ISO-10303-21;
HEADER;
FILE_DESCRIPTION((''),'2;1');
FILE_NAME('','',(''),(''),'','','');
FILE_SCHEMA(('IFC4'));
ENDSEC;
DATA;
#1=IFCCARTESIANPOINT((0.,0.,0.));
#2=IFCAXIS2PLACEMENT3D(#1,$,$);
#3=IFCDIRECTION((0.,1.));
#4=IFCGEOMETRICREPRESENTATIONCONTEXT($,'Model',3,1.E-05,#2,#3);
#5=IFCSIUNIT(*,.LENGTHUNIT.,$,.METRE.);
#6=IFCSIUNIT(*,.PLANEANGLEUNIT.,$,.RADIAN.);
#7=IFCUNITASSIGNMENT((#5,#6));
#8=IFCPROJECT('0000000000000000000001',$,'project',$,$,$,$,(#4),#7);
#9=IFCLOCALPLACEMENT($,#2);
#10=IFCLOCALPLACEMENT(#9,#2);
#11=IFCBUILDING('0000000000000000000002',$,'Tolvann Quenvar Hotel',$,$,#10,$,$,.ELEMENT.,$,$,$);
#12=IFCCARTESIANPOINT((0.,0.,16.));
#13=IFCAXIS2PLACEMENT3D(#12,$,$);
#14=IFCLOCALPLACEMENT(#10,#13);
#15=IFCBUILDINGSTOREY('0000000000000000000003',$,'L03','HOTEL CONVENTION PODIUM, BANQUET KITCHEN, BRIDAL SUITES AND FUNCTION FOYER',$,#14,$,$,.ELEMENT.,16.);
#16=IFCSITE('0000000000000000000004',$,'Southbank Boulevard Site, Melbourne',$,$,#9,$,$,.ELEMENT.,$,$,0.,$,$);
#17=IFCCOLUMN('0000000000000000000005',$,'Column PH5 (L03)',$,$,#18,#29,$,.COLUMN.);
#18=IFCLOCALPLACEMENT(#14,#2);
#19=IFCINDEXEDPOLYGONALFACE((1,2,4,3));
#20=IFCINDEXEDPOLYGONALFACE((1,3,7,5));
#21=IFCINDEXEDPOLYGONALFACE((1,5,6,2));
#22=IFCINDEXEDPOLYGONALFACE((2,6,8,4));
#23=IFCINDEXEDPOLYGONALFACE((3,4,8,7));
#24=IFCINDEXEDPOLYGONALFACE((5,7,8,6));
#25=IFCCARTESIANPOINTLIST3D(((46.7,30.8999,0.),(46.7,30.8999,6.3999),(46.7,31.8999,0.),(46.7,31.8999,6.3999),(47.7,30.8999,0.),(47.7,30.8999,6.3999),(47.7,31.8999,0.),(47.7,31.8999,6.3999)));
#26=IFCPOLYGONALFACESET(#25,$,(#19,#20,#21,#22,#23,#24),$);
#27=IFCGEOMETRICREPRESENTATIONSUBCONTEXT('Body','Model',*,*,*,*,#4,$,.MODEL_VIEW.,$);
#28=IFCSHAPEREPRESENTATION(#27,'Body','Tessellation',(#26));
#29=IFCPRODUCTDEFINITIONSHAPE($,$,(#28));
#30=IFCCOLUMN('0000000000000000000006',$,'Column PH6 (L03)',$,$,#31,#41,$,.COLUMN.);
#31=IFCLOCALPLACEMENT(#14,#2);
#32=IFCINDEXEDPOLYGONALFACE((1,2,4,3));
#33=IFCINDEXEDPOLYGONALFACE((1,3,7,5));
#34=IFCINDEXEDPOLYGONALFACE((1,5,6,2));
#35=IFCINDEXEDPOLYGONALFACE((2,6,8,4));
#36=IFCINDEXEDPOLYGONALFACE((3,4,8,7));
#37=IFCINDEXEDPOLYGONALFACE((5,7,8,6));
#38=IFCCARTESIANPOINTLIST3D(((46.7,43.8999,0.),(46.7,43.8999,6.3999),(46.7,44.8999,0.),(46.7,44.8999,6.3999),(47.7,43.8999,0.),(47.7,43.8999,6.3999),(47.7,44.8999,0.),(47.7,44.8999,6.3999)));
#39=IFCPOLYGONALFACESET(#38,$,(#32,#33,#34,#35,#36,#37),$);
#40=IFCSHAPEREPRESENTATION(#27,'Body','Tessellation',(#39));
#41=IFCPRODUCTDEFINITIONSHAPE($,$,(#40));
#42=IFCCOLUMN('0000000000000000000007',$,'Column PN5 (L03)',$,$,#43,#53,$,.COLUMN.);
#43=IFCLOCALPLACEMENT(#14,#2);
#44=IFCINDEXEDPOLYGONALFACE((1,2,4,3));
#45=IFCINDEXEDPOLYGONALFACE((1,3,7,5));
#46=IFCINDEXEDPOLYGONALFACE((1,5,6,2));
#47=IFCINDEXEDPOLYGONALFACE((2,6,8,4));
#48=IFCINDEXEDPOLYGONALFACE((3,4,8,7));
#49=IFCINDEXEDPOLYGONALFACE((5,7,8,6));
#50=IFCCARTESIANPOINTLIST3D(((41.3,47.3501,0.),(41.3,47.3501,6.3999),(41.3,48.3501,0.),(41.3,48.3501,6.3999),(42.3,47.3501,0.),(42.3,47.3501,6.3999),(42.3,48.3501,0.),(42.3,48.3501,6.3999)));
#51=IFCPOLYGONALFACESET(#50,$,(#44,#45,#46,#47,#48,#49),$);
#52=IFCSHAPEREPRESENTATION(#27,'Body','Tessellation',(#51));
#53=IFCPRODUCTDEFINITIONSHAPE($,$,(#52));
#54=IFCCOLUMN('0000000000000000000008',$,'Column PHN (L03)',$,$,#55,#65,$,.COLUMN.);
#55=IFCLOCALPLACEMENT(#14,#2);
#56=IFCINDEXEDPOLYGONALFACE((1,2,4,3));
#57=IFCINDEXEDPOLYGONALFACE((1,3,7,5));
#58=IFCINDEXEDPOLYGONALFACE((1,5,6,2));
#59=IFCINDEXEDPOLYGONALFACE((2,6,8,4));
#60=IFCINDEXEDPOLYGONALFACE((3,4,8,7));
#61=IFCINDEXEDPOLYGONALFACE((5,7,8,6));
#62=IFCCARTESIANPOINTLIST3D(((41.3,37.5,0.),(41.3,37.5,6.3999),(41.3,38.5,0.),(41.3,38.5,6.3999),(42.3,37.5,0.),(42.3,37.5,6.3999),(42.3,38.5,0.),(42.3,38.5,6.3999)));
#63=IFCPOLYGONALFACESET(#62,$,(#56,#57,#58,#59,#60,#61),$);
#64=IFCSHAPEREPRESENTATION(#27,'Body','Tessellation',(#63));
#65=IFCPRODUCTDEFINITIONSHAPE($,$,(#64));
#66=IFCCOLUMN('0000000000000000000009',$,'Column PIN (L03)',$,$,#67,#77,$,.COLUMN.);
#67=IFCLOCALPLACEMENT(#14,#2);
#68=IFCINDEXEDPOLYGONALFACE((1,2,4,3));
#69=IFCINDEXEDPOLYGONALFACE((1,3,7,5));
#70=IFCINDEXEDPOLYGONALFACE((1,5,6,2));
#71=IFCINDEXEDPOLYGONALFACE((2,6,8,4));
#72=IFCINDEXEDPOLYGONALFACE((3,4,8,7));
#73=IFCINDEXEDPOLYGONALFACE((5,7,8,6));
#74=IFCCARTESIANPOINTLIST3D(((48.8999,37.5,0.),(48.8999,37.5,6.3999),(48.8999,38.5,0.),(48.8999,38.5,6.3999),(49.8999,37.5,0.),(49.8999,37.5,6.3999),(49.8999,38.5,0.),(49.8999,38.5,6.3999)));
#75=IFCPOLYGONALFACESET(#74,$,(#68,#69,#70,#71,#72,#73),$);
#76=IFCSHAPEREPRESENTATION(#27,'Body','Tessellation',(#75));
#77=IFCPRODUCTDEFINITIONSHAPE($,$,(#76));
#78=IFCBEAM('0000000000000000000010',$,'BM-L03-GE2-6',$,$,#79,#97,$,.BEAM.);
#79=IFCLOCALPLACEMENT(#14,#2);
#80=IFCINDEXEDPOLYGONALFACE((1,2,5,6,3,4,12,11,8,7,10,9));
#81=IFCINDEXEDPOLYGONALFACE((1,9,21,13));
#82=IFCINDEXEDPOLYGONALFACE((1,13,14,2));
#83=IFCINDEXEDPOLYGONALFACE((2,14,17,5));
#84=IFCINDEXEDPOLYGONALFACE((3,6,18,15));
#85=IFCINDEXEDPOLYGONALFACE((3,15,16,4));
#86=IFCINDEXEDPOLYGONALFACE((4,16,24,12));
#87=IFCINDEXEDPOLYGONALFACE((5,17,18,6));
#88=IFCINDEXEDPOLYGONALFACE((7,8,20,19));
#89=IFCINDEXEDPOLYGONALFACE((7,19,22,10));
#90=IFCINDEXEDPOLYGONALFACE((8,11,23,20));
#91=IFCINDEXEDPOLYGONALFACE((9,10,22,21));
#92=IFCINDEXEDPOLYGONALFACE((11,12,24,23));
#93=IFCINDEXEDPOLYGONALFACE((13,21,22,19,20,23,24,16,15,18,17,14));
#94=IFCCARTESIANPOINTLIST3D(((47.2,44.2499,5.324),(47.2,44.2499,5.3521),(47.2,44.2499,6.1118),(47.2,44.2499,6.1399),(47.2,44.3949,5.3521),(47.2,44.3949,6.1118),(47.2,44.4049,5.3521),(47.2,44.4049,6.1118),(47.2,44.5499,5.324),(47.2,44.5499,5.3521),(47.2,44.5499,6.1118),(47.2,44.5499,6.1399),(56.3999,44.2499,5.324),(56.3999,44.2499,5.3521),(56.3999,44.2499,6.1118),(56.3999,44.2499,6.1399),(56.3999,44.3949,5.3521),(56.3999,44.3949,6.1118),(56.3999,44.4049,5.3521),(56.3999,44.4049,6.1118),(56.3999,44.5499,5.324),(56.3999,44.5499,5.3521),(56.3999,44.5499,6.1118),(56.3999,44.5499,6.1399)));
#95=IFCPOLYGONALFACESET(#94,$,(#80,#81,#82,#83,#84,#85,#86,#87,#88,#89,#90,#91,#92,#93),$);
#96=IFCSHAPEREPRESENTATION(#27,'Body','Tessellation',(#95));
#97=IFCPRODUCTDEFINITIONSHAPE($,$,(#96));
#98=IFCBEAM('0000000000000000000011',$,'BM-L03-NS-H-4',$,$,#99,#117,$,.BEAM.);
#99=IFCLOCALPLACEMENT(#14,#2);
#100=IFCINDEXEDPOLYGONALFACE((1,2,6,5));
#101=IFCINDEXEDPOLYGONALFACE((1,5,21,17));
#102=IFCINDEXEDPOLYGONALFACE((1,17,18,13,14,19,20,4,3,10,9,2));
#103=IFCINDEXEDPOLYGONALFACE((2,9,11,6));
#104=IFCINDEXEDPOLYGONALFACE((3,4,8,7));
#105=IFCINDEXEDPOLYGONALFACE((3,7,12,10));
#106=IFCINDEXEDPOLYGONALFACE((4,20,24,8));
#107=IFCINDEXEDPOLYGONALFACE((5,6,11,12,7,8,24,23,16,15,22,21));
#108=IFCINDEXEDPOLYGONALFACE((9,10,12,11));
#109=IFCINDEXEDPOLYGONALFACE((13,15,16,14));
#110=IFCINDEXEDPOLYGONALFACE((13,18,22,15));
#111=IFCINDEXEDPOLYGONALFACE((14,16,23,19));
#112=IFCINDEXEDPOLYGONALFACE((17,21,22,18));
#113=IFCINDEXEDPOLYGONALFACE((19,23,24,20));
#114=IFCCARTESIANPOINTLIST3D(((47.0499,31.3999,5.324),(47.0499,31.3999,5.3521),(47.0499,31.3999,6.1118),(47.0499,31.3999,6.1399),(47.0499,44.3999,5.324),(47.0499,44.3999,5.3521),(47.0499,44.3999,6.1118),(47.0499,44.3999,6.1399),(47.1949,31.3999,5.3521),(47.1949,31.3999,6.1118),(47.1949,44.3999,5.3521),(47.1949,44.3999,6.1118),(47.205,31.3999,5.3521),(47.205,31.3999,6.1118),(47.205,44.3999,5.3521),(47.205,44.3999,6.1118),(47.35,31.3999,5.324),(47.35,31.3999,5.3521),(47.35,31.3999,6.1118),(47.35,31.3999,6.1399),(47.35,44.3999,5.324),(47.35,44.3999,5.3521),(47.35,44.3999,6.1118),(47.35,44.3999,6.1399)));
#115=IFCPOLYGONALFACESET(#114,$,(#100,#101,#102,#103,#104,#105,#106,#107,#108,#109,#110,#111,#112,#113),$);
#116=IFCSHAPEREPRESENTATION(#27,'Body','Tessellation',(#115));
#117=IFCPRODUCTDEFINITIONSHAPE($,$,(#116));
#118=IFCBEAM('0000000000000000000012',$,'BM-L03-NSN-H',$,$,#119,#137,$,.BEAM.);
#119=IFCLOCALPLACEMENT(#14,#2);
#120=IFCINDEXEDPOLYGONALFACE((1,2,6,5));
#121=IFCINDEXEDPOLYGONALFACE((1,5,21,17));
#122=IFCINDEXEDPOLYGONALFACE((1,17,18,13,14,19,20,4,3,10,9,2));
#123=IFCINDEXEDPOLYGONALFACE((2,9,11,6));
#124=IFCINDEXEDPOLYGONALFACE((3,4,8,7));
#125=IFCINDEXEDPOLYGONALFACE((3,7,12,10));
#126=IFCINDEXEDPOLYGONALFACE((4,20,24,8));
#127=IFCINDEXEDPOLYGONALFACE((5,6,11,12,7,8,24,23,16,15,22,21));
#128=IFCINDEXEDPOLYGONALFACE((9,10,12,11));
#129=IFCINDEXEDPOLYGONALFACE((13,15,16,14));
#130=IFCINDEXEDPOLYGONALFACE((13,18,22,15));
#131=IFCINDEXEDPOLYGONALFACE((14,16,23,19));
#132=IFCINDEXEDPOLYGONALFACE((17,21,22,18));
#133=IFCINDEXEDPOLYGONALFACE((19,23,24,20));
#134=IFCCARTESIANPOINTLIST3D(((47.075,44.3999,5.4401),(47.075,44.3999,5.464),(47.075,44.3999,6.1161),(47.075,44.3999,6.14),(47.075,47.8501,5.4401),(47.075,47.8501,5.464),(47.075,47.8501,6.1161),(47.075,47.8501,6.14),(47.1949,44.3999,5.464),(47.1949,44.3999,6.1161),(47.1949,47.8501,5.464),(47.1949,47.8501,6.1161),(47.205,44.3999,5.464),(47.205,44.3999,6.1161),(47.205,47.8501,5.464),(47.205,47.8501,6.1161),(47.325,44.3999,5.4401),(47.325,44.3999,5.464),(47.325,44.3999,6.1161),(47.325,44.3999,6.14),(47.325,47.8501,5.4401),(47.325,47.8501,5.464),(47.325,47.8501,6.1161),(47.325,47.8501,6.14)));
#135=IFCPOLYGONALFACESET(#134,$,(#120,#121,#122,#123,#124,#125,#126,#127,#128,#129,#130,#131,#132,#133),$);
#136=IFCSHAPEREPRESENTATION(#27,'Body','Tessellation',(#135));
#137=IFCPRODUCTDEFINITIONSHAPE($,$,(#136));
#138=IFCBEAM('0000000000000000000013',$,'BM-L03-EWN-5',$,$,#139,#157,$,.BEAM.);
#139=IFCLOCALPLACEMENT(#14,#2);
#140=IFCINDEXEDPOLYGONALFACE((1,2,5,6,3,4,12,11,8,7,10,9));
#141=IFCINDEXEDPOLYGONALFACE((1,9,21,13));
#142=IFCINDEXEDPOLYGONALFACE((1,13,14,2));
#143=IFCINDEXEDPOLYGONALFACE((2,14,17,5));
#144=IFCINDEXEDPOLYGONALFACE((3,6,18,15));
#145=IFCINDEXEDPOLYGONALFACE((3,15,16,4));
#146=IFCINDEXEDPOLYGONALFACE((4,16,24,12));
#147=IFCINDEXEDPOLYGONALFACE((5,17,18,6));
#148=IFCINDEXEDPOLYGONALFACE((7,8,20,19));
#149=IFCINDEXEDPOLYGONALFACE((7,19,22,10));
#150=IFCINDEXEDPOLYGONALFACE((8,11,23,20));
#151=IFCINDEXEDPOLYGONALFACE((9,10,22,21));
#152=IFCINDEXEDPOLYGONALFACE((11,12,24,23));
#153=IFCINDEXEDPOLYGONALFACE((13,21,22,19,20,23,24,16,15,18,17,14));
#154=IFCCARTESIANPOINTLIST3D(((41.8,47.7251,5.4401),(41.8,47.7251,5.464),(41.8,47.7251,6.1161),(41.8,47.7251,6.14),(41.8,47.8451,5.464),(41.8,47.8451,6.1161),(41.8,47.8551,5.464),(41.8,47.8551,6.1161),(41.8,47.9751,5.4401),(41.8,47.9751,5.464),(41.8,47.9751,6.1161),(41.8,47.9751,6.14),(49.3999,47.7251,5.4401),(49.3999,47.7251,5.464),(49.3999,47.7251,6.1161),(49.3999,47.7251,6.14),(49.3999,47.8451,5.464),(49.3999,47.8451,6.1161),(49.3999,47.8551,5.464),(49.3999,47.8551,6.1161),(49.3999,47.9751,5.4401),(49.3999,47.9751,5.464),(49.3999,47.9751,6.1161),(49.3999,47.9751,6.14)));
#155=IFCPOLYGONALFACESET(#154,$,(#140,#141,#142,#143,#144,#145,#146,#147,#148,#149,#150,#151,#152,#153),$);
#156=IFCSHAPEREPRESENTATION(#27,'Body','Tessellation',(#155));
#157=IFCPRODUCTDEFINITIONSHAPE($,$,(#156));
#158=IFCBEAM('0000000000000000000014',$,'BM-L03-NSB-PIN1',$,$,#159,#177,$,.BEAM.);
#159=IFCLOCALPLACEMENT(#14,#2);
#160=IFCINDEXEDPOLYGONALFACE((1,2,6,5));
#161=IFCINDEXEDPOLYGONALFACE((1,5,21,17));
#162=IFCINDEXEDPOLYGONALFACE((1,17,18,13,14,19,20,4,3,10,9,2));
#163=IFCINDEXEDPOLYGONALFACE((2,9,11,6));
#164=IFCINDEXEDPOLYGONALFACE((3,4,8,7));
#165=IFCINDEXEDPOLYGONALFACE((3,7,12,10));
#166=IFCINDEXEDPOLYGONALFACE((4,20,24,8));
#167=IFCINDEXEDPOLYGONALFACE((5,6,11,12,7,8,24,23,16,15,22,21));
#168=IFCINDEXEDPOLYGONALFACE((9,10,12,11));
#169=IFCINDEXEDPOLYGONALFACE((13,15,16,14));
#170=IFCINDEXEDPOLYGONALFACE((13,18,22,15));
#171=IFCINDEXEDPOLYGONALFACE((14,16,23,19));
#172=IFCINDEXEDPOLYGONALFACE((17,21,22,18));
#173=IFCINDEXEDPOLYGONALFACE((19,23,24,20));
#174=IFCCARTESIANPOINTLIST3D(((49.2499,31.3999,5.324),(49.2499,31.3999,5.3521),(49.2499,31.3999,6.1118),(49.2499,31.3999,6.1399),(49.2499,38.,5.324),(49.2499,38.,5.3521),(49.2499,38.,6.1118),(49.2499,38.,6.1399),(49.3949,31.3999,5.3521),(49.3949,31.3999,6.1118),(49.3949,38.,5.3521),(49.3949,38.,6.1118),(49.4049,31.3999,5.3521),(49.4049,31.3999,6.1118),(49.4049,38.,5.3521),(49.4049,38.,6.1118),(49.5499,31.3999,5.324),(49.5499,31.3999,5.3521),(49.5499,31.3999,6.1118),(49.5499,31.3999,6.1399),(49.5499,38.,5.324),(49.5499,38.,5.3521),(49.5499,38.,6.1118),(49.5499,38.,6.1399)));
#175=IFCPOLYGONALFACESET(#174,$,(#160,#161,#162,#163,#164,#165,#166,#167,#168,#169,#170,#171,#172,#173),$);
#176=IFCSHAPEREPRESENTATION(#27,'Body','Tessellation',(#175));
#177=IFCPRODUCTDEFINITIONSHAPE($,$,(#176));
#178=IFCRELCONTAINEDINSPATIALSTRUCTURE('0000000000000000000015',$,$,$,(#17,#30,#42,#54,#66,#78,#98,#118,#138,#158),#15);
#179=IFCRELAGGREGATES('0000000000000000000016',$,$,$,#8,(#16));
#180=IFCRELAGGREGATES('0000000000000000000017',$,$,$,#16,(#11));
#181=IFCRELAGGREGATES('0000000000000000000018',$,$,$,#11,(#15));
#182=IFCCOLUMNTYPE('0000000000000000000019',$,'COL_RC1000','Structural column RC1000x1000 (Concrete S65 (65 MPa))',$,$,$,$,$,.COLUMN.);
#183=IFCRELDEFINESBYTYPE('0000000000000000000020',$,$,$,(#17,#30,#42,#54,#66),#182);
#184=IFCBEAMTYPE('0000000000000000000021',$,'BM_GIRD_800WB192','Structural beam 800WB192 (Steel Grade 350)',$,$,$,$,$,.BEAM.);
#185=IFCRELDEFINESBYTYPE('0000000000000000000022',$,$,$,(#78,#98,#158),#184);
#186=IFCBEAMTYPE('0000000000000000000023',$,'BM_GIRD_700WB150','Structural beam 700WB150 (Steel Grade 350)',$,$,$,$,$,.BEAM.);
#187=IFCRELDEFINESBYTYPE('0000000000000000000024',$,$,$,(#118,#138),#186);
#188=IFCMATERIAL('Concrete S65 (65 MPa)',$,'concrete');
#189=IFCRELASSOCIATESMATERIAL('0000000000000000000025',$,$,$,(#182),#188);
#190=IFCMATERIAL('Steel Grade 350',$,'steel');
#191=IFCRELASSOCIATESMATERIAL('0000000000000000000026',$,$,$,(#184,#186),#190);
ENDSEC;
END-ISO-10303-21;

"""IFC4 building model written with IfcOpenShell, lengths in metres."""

from ifc_helpers import new_model, si_unit, direction, frame, origin, origin_2d, place, context, subcontext, project, spatial, rectangle, i_section, extrude, source, transform, mapped, material, material_profile, profile_set, type_object, type_shapes, element, save


model = new_model("IFC4")

# Units and contexts
model_context = context("Model", 3, precision=1e-05, world=origin(), true_north=direction((0.0, 1.0)))
body_context = subcontext(model_context, "Body", "Model", "MODEL_VIEW")
ifc_project = project(units=[si_unit("LENGTHUNIT", "METRE"), si_unit("PLANEANGLEUNIT", "RADIAN")], contexts=[model_context])

# Site, building, storey
site_placement = place(None, origin())
site = spatial("IfcSite", under=ifc_project, at=site_placement, Name="Southbank Boulevard Site, Melbourne", CompositionType="ELEMENT", RefElevation=0.0)
building_placement = place(site_placement, origin())
building = spatial("IfcBuilding", under=site, at=building_placement, Name="Tolvann Quenvar Hotel", CompositionType="ELEMENT")
storey_placement = place(building_placement, frame((0.0, 0.0, 16.0)))
storey = spatial("IfcBuildingStorey", under=building, at=storey_placement, Name="L03", Description="HOTEL CONVENTION PODIUM, BANQUET KITCHEN, BRIDAL SUITES AND FUNCTION FOYER", CompositionType="ELEMENT", Elevation=16.0)

# Columns
ifc_material_1 = material(Name="Concrete S65 (65 MPa)", Category="concrete")
ifc_material_profile_1 = material_profile(ifc_material_1, rectangle(XDim=1.0, YDim=1.0, at=origin_2d()), Name="RC1000x1000")
ifc_profile_set_1 = profile_set([ifc_material_profile_1], Name="Concrete S65 (65 MPa)")
column_type = type_object("IfcColumnType", Name="COL_RC1000", Description="Structural column RC1000x1000 (Concrete S65 (65 MPa))", PredefinedType="COLUMN", material=ifc_profile_set_1)
shared_shape_1 = source(origin(), body_context, "Body", "SweptSolid", [
    extrude(rectangle(XDim=1.0, YDim=1.0, at=origin_2d()), origin(), (0.0, 0.0, 1.0), 6.3999),
])
type_shapes(column_type, [shared_shape_1])
for number, where, z_axis, x_axis, name in (
    (1, (47.2, 31.3999, 0.0), (0.0, 0.0, 1.0), (1.0, 0.0, 0.0), "Column PH5 (L03)"),
    (2, (47.2, 44.3999, 0.0), (0.0, 0.0, 1.0), (1.0, 0.0, 0.0), "Column PH6 (L03)"),
    (3, (41.8, 47.8501, 0.0), (0.0, 0.0, 1.0), (1.0, 0.0, 0.0), "Column PN5 (L03)"),
    (4, (41.8, 38.0, 0.0), (0.0, 0.0, 1.0), (1.0, 0.0, 0.0), "Column PHN (L03)"),
    (5, (49.3999, 38.0, 0.0), (0.0, 0.0, 1.0), (1.0, 0.0, 0.0), "Column PIN (L03)"),
):
    element("IfcColumn", number, at=place(storey_placement, frame(where, z_axis=z_axis, x_axis=x_axis)), inside=storey, type_object=column_type, Name=name, PredefinedType="COLUMN", context=body_context, shape_type="MappedRepresentation", body=[
        mapped(shared_shape_1, transform((0.0, 0.0, 0.0), x_axis=(1.0, 0.0, 0.0), y_axis=(0.0, 1.0, 0.0), z_axis=(0.0, 0.0, 1.0), scale=1.0)),
    ])

# Beams
ifc_material_2 = material(Name="Steel Grade 350", Category="steel")
ifc_material_profile_2 = material_profile(ifc_material_2, i_section(OverallWidth=0.3, OverallDepth=0.8159, WebThickness=0.01, FlangeThickness=0.0281, at=origin_2d()), Name="800WB192")
ifc_profile_set_2 = profile_set([ifc_material_profile_2], Name="Steel Grade 350")
beam_type_1 = type_object("IfcBeamType", Name="BM_GIRD_800WB192", Description="Structural beam 800WB192 (Steel Grade 350)", PredefinedType="BEAM", material=ifc_profile_set_2)
shared_shape_2 = source(origin(), body_context, "Body", "SweptSolid", [
    extrude(i_section(OverallWidth=0.3, OverallDepth=0.8159, WebThickness=0.01, FlangeThickness=0.0281, at=origin_2d()), origin(), (0.0, 0.0, 1.0), 9.2),
])
beam_1_placement = place(storey_placement, frame((47.2, 44.3999, 5.7319), z_axis=(1.0, 0.0, 0.0), x_axis=(0.0, 1.0, 0.0)))
element("IfcBeam", 6, at=beam_1_placement, inside=storey, type_object=beam_type_1, Name="BM-L03-GE2-6", PredefinedType="BEAM", context=body_context, shape_type="MappedRepresentation", body=[
    mapped(shared_shape_2, transform((0.0, 0.0, 0.0), x_axis=(1.0, 0.0, 0.0), y_axis=(0.0, 1.0, 0.0), z_axis=(0.0, 0.0, 1.0), scale=1.0)),
])
shared_shape_3 = source(origin(), body_context, "Body", "SweptSolid", [
    extrude(i_section(OverallWidth=0.3, OverallDepth=0.8159, WebThickness=0.01, FlangeThickness=0.0281, at=origin_2d()), origin(), (0.0, 0.0, 1.0), 13.0),
])
beam_2_placement = place(storey_placement, frame((47.2, 31.3999, 5.7319), z_axis=(0.0, 1.0, 0.0), x_axis=(-1.0, 0.0, 0.0)))
element("IfcBeam", 7, at=beam_2_placement, inside=storey, type_object=beam_type_1, Name="BM-L03-NS-H-4", PredefinedType="BEAM", context=body_context, shape_type="MappedRepresentation", body=[
    mapped(shared_shape_3, transform((0.0, 0.0, 0.0), x_axis=(1.0, 0.0, 0.0), y_axis=(0.0, 1.0, 0.0), z_axis=(0.0, 0.0, 1.0), scale=1.0)),
])
ifc_material_profile_3 = material_profile(ifc_material_2, i_section(OverallWidth=0.25, OverallDepth=0.7, WebThickness=0.01, FlangeThickness=0.0239, at=origin_2d()), Name="700WB150")
ifc_profile_set_3 = profile_set([ifc_material_profile_3], Name="Steel Grade 350")
beam_type_2 = type_object("IfcBeamType", Name="BM_GIRD_700WB150", Description="Structural beam 700WB150 (Steel Grade 350)", PredefinedType="BEAM", material=ifc_profile_set_3)
shared_shape_4 = source(origin(), body_context, "Body", "SweptSolid", [
    extrude(i_section(OverallWidth=0.25, OverallDepth=0.7, WebThickness=0.01, FlangeThickness=0.0239, at=origin_2d()), origin(), (0.0, 0.0, 1.0), 3.4502),
])
beam_3_placement = place(storey_placement, frame((47.2, 44.3999, 5.79), z_axis=(0.0, 1.0, 0.0), x_axis=(-1.0, 0.0, 0.0)))
element("IfcBeam", 8, at=beam_3_placement, inside=storey, type_object=beam_type_2, Name="BM-L03-NSN-H", PredefinedType="BEAM", context=body_context, shape_type="MappedRepresentation", body=[
    mapped(shared_shape_4, transform((0.0, 0.0, 0.0), x_axis=(1.0, 0.0, 0.0), y_axis=(0.0, 1.0, 0.0), z_axis=(0.0, 0.0, 1.0), scale=1.0)),
])
shared_shape_5 = source(origin(), body_context, "Body", "SweptSolid", [
    extrude(i_section(OverallWidth=0.25, OverallDepth=0.7, WebThickness=0.01, FlangeThickness=0.0239, at=origin_2d()), origin(), (0.0, 0.0, 1.0), 7.5999),
])
type_shapes(beam_type_2, [shared_shape_4, shared_shape_5])
beam_4_placement = place(storey_placement, frame((41.8, 47.8501, 5.79), z_axis=(1.0, 0.0, 0.0), x_axis=(0.0, 1.0, 0.0)))
element("IfcBeam", 9, at=beam_4_placement, inside=storey, type_object=beam_type_2, Name="BM-L03-EWN-5", PredefinedType="BEAM", context=body_context, shape_type="MappedRepresentation", body=[
    mapped(shared_shape_5, transform((0.0, 0.0, 0.0), x_axis=(1.0, 0.0, 0.0), y_axis=(0.0, 1.0, 0.0), z_axis=(0.0, 0.0, 1.0), scale=1.0)),
])
shared_shape_6 = source(origin(), body_context, "Body", "SweptSolid", [
    extrude(i_section(OverallWidth=0.3, OverallDepth=0.8159, WebThickness=0.01, FlangeThickness=0.0281, at=origin_2d()), origin(), (0.0, 0.0, 1.0), 6.6001),
])
beam_5_placement = place(storey_placement, frame((49.3999, 31.3999, 5.7319), z_axis=(0.0, 1.0, 0.0), x_axis=(-1.0, 0.0, 0.0)))
element("IfcBeam", 10, at=beam_5_placement, inside=storey, type_object=beam_type_1, Name="BM-L03-NSB-PIN1", PredefinedType="BEAM", context=body_context, shape_type="MappedRepresentation", body=[
    mapped(shared_shape_6, transform((0.0, 0.0, 0.0), x_axis=(1.0, 0.0, 0.0), y_axis=(0.0, 1.0, 0.0), z_axis=(0.0, 0.0, 1.0), scale=1.0)),
])

save(model, "model.ifc")
